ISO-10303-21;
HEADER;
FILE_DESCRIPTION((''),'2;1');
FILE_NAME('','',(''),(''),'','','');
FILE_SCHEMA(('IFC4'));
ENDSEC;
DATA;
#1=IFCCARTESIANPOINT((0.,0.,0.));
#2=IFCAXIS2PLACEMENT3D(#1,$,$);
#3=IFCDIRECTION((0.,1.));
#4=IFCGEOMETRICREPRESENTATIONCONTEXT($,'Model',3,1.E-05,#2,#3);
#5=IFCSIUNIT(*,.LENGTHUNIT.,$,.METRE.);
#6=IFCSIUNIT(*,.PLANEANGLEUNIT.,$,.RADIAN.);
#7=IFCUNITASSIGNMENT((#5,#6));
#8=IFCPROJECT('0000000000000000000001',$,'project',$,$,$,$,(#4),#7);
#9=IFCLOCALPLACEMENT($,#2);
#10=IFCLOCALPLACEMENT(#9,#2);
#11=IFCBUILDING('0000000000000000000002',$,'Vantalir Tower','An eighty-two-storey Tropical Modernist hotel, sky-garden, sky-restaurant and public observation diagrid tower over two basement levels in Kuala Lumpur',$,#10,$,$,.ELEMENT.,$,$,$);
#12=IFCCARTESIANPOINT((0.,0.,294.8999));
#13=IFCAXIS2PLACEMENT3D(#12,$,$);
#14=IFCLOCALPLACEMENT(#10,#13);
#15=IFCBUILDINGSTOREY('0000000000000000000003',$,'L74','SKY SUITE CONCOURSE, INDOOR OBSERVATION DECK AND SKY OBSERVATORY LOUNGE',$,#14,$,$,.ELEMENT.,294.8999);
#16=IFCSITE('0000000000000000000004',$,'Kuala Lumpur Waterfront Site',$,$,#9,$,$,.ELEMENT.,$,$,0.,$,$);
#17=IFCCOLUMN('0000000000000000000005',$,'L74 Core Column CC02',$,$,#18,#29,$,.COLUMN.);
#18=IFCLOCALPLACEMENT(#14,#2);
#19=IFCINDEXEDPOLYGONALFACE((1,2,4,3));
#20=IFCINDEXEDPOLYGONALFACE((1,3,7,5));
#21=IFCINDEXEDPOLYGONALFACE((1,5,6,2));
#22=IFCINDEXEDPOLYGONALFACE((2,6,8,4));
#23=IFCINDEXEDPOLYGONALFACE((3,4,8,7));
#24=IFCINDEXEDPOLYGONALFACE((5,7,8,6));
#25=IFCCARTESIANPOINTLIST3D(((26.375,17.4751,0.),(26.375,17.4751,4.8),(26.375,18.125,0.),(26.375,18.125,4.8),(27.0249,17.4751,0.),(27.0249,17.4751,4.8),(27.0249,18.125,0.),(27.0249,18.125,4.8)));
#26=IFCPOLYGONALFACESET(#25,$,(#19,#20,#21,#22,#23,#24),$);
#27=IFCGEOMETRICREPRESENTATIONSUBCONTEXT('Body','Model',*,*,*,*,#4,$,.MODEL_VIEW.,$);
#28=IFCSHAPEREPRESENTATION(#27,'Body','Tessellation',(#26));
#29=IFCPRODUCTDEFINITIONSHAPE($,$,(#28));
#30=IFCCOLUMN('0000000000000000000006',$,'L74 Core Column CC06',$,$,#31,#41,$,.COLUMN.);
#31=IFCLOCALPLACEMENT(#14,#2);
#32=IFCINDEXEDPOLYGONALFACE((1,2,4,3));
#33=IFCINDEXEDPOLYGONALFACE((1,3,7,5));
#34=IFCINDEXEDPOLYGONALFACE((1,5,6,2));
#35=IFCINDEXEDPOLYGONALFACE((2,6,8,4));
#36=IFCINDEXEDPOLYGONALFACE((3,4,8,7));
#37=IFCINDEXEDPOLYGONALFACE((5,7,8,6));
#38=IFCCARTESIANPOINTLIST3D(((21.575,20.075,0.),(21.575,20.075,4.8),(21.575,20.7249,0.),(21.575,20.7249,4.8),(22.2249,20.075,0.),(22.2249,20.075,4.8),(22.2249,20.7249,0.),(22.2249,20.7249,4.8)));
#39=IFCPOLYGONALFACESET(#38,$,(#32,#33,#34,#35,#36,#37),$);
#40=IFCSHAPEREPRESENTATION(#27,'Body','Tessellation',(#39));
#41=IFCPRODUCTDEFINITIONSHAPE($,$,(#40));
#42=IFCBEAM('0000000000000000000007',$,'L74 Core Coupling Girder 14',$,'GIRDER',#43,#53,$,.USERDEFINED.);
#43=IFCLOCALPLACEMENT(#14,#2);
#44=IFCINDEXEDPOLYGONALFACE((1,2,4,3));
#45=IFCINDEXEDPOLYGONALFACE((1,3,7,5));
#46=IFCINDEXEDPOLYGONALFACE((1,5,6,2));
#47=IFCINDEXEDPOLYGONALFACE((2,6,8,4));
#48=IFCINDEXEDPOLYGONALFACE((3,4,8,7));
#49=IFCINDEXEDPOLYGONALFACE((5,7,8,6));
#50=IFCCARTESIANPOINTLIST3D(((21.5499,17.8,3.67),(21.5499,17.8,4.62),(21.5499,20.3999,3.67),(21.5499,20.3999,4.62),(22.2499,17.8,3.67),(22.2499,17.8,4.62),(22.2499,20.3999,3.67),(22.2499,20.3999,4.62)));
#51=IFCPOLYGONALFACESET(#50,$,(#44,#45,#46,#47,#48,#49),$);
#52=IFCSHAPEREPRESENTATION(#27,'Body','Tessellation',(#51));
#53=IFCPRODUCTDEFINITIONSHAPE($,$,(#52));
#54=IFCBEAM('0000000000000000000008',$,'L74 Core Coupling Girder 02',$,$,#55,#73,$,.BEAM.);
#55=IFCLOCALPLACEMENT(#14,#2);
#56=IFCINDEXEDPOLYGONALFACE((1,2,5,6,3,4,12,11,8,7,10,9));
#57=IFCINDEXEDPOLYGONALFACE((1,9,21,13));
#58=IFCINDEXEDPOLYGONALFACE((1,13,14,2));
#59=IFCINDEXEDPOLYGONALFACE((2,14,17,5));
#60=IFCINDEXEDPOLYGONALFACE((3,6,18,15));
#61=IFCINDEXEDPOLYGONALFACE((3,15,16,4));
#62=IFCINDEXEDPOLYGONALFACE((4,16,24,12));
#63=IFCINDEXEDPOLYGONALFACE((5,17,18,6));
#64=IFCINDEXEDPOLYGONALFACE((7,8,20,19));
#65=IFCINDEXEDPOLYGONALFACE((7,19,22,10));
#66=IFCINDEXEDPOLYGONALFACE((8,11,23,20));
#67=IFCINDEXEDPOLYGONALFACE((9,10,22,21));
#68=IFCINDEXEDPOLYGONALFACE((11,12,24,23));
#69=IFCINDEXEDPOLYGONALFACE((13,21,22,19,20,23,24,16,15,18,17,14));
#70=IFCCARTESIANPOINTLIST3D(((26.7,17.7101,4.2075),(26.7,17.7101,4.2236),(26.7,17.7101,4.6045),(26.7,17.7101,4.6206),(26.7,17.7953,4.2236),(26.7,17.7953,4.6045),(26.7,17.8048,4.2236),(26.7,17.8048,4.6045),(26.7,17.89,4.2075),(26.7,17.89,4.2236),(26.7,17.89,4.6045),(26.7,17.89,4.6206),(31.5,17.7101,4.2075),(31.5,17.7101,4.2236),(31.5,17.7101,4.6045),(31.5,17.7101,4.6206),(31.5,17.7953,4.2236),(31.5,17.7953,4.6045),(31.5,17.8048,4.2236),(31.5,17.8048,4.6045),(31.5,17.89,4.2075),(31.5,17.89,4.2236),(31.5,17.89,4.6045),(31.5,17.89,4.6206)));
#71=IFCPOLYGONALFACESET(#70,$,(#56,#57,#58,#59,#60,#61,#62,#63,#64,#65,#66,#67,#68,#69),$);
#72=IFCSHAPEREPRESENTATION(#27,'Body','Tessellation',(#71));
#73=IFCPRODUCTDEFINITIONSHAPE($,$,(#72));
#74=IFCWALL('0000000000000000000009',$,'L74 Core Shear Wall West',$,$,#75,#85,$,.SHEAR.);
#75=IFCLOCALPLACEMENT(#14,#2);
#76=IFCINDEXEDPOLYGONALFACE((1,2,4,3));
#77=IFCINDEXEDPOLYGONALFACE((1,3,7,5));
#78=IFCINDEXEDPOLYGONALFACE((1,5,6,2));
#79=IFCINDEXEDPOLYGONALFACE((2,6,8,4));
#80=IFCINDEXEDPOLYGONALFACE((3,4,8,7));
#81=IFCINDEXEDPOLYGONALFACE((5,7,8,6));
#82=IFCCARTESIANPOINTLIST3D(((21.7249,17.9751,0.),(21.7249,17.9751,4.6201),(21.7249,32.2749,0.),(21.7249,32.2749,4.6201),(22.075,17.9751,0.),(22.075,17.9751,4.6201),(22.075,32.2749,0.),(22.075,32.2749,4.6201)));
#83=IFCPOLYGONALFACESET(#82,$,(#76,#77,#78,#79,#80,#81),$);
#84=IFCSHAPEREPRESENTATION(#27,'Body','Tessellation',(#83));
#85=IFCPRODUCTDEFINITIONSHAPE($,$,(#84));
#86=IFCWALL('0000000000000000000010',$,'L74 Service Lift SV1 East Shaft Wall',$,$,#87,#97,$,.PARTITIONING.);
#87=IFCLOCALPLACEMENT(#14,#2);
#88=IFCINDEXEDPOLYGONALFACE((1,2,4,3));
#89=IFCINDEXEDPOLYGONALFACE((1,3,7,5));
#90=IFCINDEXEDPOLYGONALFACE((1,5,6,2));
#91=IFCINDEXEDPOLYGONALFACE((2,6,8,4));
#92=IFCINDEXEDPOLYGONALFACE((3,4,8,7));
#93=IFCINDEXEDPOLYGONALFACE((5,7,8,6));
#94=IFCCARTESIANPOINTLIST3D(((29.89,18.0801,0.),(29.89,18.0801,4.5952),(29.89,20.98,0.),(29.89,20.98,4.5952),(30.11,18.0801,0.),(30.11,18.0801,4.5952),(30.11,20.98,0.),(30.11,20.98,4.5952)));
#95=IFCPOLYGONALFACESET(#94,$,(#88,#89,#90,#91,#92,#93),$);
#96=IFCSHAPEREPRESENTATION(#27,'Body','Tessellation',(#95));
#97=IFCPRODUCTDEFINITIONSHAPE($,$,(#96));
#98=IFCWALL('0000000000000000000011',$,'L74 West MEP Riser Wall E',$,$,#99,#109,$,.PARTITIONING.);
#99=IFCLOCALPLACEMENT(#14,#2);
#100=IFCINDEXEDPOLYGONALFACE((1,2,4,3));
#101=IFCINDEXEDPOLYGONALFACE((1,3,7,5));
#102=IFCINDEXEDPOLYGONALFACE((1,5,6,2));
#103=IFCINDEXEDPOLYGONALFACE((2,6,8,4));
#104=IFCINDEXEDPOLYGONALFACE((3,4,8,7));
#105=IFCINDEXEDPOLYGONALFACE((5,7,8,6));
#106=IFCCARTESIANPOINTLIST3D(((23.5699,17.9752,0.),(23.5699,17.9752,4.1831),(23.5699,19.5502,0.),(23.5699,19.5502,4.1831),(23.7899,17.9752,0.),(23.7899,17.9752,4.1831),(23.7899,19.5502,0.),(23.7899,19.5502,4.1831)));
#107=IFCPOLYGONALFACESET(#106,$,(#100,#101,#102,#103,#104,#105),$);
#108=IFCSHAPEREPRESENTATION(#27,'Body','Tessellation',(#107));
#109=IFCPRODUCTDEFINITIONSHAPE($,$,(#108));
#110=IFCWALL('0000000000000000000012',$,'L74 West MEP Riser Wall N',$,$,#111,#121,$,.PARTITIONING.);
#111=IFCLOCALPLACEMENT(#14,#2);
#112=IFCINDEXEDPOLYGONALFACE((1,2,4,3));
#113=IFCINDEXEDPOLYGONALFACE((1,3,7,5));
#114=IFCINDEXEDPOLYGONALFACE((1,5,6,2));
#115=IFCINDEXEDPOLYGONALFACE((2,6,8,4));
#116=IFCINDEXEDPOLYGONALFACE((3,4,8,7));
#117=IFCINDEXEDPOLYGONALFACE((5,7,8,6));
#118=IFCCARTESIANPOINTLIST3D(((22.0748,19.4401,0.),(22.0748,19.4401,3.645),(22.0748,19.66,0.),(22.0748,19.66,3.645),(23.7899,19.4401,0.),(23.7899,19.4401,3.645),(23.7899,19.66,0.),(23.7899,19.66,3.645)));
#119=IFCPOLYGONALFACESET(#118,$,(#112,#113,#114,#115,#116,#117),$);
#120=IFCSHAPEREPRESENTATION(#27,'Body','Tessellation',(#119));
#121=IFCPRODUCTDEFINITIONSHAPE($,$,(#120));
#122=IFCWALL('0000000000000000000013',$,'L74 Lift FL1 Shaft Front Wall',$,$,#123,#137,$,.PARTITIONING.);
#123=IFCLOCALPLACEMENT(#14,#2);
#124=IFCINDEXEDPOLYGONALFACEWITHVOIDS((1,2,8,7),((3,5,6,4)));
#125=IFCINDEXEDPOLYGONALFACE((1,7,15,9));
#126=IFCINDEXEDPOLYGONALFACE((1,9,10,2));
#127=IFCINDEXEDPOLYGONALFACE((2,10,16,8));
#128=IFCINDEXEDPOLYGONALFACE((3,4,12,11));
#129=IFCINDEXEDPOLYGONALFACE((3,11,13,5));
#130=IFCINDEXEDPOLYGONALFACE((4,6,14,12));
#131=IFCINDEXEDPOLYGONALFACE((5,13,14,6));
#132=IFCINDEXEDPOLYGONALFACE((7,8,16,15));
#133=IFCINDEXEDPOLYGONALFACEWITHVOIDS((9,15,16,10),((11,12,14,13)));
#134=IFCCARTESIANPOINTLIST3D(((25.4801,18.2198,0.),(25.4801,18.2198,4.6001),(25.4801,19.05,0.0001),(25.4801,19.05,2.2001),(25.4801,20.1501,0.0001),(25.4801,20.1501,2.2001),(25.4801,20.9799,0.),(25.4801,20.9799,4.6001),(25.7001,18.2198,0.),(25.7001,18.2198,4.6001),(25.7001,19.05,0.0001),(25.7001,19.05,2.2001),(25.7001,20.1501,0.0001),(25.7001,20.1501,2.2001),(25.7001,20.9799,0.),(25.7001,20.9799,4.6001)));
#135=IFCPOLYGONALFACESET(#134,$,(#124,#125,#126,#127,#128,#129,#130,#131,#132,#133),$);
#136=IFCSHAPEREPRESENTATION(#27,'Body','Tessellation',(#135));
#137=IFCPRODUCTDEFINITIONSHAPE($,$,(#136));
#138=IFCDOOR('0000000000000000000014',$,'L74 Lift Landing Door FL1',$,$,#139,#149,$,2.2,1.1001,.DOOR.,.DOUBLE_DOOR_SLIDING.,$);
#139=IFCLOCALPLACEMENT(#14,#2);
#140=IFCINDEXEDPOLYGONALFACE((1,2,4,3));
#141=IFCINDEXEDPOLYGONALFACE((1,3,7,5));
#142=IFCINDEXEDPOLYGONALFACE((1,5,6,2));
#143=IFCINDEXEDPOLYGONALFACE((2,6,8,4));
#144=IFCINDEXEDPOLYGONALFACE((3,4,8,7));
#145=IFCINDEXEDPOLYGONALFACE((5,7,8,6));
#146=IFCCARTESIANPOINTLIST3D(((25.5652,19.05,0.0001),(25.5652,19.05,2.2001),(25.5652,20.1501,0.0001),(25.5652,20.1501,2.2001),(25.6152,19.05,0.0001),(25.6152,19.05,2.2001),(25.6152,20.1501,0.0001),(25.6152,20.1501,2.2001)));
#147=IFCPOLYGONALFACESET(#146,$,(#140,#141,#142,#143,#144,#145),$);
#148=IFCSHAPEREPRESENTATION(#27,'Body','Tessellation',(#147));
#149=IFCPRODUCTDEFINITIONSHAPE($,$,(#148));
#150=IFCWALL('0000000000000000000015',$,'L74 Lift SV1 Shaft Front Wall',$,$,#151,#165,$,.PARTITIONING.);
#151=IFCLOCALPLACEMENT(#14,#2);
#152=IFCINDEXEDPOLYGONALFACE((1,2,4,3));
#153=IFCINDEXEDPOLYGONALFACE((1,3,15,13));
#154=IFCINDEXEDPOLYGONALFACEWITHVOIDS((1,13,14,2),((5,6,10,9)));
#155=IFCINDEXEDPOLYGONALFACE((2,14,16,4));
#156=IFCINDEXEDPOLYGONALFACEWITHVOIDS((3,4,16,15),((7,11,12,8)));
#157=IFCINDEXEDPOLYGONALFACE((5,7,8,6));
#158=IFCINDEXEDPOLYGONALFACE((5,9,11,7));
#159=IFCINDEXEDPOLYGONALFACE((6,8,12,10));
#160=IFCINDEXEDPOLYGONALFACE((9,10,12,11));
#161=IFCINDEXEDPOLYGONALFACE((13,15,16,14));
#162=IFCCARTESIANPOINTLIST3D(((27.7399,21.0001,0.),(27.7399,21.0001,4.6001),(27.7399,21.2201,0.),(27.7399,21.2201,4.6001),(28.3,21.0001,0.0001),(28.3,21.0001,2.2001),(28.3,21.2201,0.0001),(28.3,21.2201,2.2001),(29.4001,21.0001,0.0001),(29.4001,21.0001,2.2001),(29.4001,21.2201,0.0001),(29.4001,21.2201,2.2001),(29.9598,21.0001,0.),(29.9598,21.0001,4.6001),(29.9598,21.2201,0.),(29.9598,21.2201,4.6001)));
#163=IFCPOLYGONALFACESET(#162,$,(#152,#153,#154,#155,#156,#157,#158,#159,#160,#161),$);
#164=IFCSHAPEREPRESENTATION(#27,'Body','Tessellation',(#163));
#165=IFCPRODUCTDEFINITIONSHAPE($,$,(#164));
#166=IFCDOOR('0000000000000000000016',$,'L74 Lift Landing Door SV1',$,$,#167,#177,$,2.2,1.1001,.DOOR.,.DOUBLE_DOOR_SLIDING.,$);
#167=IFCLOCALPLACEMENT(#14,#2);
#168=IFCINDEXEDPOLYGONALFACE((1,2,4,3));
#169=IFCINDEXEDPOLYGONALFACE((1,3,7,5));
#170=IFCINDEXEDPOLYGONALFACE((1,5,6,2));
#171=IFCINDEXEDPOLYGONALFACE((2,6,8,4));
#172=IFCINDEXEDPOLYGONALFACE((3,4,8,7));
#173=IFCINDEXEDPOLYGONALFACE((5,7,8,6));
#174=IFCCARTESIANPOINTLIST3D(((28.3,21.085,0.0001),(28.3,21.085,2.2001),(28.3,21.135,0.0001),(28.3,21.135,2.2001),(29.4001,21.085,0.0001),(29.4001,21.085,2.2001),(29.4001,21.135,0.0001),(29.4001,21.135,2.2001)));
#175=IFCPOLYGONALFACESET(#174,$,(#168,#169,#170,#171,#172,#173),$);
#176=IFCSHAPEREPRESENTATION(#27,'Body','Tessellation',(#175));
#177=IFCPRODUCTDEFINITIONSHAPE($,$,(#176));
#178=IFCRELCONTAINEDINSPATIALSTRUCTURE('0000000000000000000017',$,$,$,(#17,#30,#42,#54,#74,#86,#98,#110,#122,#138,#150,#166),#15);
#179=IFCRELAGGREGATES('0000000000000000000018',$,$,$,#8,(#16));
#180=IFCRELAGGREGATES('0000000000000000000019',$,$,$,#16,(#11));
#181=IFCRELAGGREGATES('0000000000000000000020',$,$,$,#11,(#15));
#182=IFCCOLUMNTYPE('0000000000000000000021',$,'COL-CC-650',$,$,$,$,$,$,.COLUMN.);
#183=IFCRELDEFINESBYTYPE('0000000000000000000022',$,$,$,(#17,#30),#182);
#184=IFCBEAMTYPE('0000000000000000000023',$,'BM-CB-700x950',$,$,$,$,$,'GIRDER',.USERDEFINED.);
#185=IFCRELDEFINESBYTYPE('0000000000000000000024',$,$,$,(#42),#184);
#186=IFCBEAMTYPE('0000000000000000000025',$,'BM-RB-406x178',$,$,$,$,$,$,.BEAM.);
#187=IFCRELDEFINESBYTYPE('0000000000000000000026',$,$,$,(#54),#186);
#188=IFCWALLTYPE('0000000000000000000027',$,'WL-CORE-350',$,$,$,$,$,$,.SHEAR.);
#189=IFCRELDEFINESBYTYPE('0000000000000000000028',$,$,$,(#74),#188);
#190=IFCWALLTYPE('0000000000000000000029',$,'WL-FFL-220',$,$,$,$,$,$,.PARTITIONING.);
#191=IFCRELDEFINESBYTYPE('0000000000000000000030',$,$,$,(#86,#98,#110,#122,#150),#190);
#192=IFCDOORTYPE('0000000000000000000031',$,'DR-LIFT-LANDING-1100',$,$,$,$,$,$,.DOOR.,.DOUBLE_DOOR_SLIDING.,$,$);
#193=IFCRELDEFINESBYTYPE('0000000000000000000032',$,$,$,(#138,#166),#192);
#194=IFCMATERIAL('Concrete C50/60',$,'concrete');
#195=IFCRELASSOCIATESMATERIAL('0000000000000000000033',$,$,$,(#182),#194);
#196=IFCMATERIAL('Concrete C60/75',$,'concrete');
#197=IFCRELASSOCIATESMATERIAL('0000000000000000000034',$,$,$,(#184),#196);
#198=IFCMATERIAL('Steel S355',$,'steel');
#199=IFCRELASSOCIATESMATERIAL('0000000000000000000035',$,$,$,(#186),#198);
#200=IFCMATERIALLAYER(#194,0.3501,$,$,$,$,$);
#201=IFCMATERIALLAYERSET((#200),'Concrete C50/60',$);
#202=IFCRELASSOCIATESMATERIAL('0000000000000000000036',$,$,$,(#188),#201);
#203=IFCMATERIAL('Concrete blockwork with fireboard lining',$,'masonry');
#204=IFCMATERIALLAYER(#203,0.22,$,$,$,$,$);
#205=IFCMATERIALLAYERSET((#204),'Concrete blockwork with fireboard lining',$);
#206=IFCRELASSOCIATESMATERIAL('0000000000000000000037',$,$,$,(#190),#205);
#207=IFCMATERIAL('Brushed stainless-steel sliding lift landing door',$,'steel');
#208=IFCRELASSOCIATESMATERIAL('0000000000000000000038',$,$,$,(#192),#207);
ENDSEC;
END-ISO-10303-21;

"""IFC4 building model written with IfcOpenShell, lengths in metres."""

from ifc_helpers import new_model, si_unit, direction, frame, frame_2d, origin, origin_2d, place, context, subcontext, project, spatial, rectangle, i_section, extrude, material, layer, layer_set, material_profile, profile_set, type_object, element, fill, save


model = new_model("IFC4")

# Units and contexts
model_context = context("Model", 3, precision=1e-05, world=origin(), true_north=direction((0.0, 1.0)))
body_context = subcontext(model_context, "Body", "Model", "MODEL_VIEW")
ifc_project = project(units=[si_unit("LENGTHUNIT", "METRE"), si_unit("PLANEANGLEUNIT", "RADIAN")], contexts=[model_context])

# Site, building, storey
site_placement = place(None, origin())
site = spatial("IfcSite", under=ifc_project, at=site_placement, Name="Kuala Lumpur Waterfront Site", CompositionType="ELEMENT", RefElevation=0.0)
building_placement = place(site_placement, origin())
building = spatial("IfcBuilding", under=site, at=building_placement, Name="Vantalir Tower", Description="An eighty-two-storey Tropical Modernist hotel, sky-garden, sky-restaurant and public observation diagrid tower over two basement levels in Kuala Lumpur", CompositionType="ELEMENT")
storey_placement = place(building_placement, frame((0.0, 0.0, 294.8999)))
storey = spatial("IfcBuildingStorey", under=building, at=storey_placement, Name="L74", Description="SKY SUITE CONCOURSE, INDOOR OBSERVATION DECK AND SKY OBSERVATORY LOUNGE", CompositionType="ELEMENT", Elevation=294.8999)

# Columns
ifc_material_1 = material(Name="Concrete C50/60", Category="concrete")
ifc_material_profile_1 = material_profile(ifc_material_1, rectangle(XDim=0.6499, YDim=0.6499, at=origin_2d()), Name="Concrete C50/60")
ifc_profile_set_1 = profile_set([ifc_material_profile_1], Name="Concrete C50/60")
column_type = type_object("IfcColumnType", Name="COL-CC-650", PredefinedType="COLUMN", material=ifc_profile_set_1)
for number, where, z_axis, x_axis, name in (
    (1, (26.7, 17.8, 0.0), (0.0, 0.0, 1.0), (1.0, 0.0, 0.0), "L74 Core Column CC02"),
    (2, (21.8999, 20.3999, 0.0), (0.0, 0.0, 1.0), (1.0, 0.0, 0.0), "L74 Core Column CC06"),
):
    element("IfcColumn", number, at=place(storey_placement, frame(where, z_axis=z_axis, x_axis=x_axis)), inside=storey, type_object=column_type, Name=name, PredefinedType="COLUMN", context=body_context, shape_type="SweptSolid", body=[
        extrude(rectangle(XDim=0.6499, YDim=0.6499, at=origin_2d()), origin(), (0.0, 0.0, 1.0), 4.8),
    ])

# Beams
ifc_material_2 = material(Name="Concrete C60/75", Category="concrete")
ifc_material_profile_2 = material_profile(ifc_material_2, rectangle(XDim=0.7, YDim=0.95, at=origin_2d()), Name="Concrete C60/75")
ifc_profile_set_2 = profile_set([ifc_material_profile_2], Name="Concrete C60/75")
beam_type_1 = type_object("IfcBeamType", Name="BM-CB-700x950", ElementType="GIRDER", PredefinedType="USERDEFINED", material=ifc_profile_set_2)
beam_1_placement = place(storey_placement, frame((21.8999, 20.3999, 4.145), z_axis=(0.0, -1.0, 0.0), x_axis=(1.0, 0.0, 0.0)))
element("IfcBeam", 3, at=beam_1_placement, inside=storey, type_object=beam_type_1, Name="L74 Core Coupling Girder 14", ObjectType="GIRDER", PredefinedType="USERDEFINED", context=body_context, shape_type="SweptSolid", body=[
    extrude(rectangle(XDim=0.7, YDim=0.95, at=origin_2d()), origin(), (0.0, 0.0, 1.0), 2.5999),
])
ifc_material_3 = material(Name="Steel S355", Category="steel")
ifc_material_profile_3 = material_profile(ifc_material_3, i_section(OverallWidth=0.1799, OverallDepth=0.4131, WebThickness=0.0095, FlangeThickness=0.0161, at=origin_2d()), Name="Steel S355")
ifc_profile_set_3 = profile_set([ifc_material_profile_3], Name="Steel S355")
beam_type_2 = type_object("IfcBeamType", Name="BM-RB-406x178", PredefinedType="BEAM", material=ifc_profile_set_3)
beam_2_placement = place(storey_placement, frame((26.7, 17.8, 4.4141), z_axis=(1.0, 0.0, 0.0), x_axis=(0.0, 1.0, 0.0)))
element("IfcBeam", 4, at=beam_2_placement, inside=storey, type_object=beam_type_2, Name="L74 Core Coupling Girder 02", PredefinedType="BEAM", context=body_context, shape_type="SweptSolid", body=[
    extrude(i_section(OverallWidth=0.1799, OverallDepth=0.4131, WebThickness=0.0095, FlangeThickness=0.0161, at=origin_2d()), origin(), (0.0, 0.0, 1.0), 4.8),
])

# Walls
ifc_layer_1 = layer(ifc_material_1, 0.3501)
ifc_layer_set_1 = layer_set([ifc_layer_1], Name="Concrete C50/60")
wall_type_1 = type_object("IfcWallType", Name="WL-CORE-350", PredefinedType="SHEAR", material=ifc_layer_set_1)
wall_1_placement = place(storey_placement, frame((21.8999, 17.9751, 0.0), z_axis=(0.0, 0.0, 1.0), x_axis=(0.0, 1.0, 0.0)))
element("IfcWall", 5, at=wall_1_placement, inside=storey, type_object=wall_type_1, Name="L74 Core Shear Wall West", PredefinedType="SHEAR", context=body_context, shape_type="SweptSolid", body=[
    extrude(rectangle(XDim=14.2998, YDim=0.3501, at=frame_2d((7.1499, 0.0))), origin(), (0.0, 0.0, 1.0), 4.6201),
])
ifc_material_4 = material(Name="Concrete blockwork with fireboard lining", Category="masonry")
ifc_layer_2 = layer(ifc_material_4, 0.22)
ifc_layer_set_2 = layer_set([ifc_layer_2], Name="Concrete blockwork with fireboard lining")
wall_type_2 = type_object("IfcWallType", Name="WL-FFL-220", PredefinedType="PARTITIONING", material=ifc_layer_set_2)
wall_2_placement = place(storey_placement, frame((30.0, 18.0801, 0.0), z_axis=(0.0, 0.0, 1.0), x_axis=(0.0, 1.0, 0.0)))
element("IfcWall", 6, at=wall_2_placement, inside=storey, type_object=wall_type_2, Name="L74 Service Lift SV1 East Shaft Wall", PredefinedType="PARTITIONING", context=body_context, shape_type="SweptSolid", body=[
    extrude(rectangle(XDim=2.8999, YDim=0.22, at=frame_2d((1.45, 0.0))), origin(), (0.0, 0.0, 1.0), 4.5952),
])
wall_3_placement = place(storey_placement, frame((23.6799, 17.9751, 0.0), z_axis=(0.0, 0.0, 1.0), x_axis=(0.0, 1.0, 0.0)))
element("IfcWall", 7, at=wall_3_placement, inside=storey, type_object=wall_type_2, Name="L74 West MEP Riser Wall E", PredefinedType="PARTITIONING", context=body_context, shape_type="SweptSolid", body=[
    extrude(rectangle(XDim=1.575, YDim=0.22, at=frame_2d((0.7876, 0.0))), origin(), (0.0, 0.0, 1.0), 4.1831),
])
wall_4_placement = place(storey_placement, frame((22.075, 19.55, 0.0), z_axis=(0.0, 0.0, 1.0), x_axis=(1.0, 0.0, 0.0)))
element("IfcWall", 8, at=wall_4_placement, inside=storey, type_object=wall_type_2, Name="L74 West MEP Riser Wall N", PredefinedType="PARTITIONING", context=body_context, shape_type="SweptSolid", body=[
    extrude(rectangle(XDim=1.7151, YDim=0.22, at=frame_2d((0.8574, 0.0))), origin(), (0.0, 0.0, 1.0), 3.645),
])

# Walls, openings, doors
wall_5_placement = place(storey_placement, frame((25.5901, 18.22, 0.0), z_axis=(0.0, 0.0, 1.0), x_axis=(0.0, 1.0, 0.0)))
wall_5 = element("IfcWall", 9, at=wall_5_placement, inside=storey, type_object=wall_type_2, Name="L74 Lift FL1 Shaft Front Wall", PredefinedType="PARTITIONING", context=body_context, shape_type="SweptSolid", body=[
    extrude(rectangle(XDim=2.76, YDim=0.22, at=frame_2d((1.3799, 0.0))), origin(), (0.0, 0.0, 1.0), 4.6001),
])
opening_1_placement = place(wall_5_placement, frame((0.8301, 0.0, 0.0)))
opening_1 = element("IfcOpeningElement", 10, at=opening_1_placement, cuts=wall_5, PredefinedType="OPENING", context=body_context, shape_type="SweptSolid", body=[
    extrude(rectangle(XDim=1.1001, YDim=2.2, at=frame_2d((0.55, 1.1001))), frame((0.0, 0.1199, 0.0), z_axis=(0.0, -1.0, 0.0), x_axis=(1.0, 0.0, 0.0)), (0.0, 0.0, 1.0), 0.24),
])
ifc_material_5 = material(Name="Brushed stainless-steel sliding lift landing door", Category="steel")
door_type_1 = type_object("IfcDoorType", Name="DR-LIFT-LANDING-1100", OperationType="DOUBLE_DOOR_SLIDING", PredefinedType="DOOR", material=ifc_material_5)
door_1_placement = place(opening_1_placement, origin())
door_1 = element("IfcDoor", 11, at=door_1_placement, inside=storey, type_object=door_type_1, Name="L74 Lift Landing Door FL1", OperationType="DOUBLE_DOOR_SLIDING", OverallHeight=2.2, OverallWidth=1.1001, PredefinedType="DOOR", context=body_context, shape_type="SweptSolid", body=[
    extrude(rectangle(XDim=1.1001, YDim=2.2, at=frame_2d((0.55, 1.1001))), frame((0.0, 0.0249, 0.0), z_axis=(0.0, -1.0, 0.0), x_axis=(1.0, 0.0, 0.0)), (0.0, 0.0, 1.0), 0.05),
])
fill(opening_1, door_1)
wall_6_placement = place(storey_placement, frame((27.74, 21.1101, 0.0), z_axis=(0.0, 0.0, 1.0), x_axis=(1.0, 0.0, 0.0)))
wall_6 = element("IfcWall", 12, at=wall_6_placement, inside=storey, type_object=wall_type_2, Name="L74 Lift SV1 Shaft Front Wall", PredefinedType="PARTITIONING", context=body_context, shape_type="SweptSolid", body=[
    extrude(rectangle(XDim=2.22, YDim=0.22, at=frame_2d((1.1099, 0.0))), origin(), (0.0, 0.0, 1.0), 4.6001),
])
opening_2_placement = place(wall_6_placement, frame((0.5601, 0.0, 0.0)))
opening_2 = element("IfcOpeningElement", 13, at=opening_2_placement, cuts=wall_6, PredefinedType="OPENING", context=body_context, shape_type="SweptSolid", body=[
    extrude(rectangle(XDim=1.1001, YDim=2.2, at=frame_2d((0.55, 1.1001))), frame((0.0, 0.1199, 0.0), z_axis=(0.0, -1.0, 0.0), x_axis=(1.0, 0.0, 0.0)), (0.0, 0.0, 1.0), 0.24),
])
door_2_placement = place(opening_2_placement, origin())
door_2 = element("IfcDoor", 14, at=door_2_placement, inside=storey, type_object=door_type_1, Name="L74 Lift Landing Door SV1", OperationType="DOUBLE_DOOR_SLIDING", OverallHeight=2.2, OverallWidth=1.1001, PredefinedType="DOOR", context=body_context, shape_type="SweptSolid", body=[
    extrude(rectangle(XDim=1.1001, YDim=2.2, at=frame_2d((0.55, 1.1001))), frame((0.0, 0.0249, 0.0), z_axis=(0.0, -1.0, 0.0), x_axis=(1.0, 0.0, 0.0)), (0.0, 0.0, 1.0), 0.05),
])
fill(opening_2, door_2)

save(model, "model.ifc")
